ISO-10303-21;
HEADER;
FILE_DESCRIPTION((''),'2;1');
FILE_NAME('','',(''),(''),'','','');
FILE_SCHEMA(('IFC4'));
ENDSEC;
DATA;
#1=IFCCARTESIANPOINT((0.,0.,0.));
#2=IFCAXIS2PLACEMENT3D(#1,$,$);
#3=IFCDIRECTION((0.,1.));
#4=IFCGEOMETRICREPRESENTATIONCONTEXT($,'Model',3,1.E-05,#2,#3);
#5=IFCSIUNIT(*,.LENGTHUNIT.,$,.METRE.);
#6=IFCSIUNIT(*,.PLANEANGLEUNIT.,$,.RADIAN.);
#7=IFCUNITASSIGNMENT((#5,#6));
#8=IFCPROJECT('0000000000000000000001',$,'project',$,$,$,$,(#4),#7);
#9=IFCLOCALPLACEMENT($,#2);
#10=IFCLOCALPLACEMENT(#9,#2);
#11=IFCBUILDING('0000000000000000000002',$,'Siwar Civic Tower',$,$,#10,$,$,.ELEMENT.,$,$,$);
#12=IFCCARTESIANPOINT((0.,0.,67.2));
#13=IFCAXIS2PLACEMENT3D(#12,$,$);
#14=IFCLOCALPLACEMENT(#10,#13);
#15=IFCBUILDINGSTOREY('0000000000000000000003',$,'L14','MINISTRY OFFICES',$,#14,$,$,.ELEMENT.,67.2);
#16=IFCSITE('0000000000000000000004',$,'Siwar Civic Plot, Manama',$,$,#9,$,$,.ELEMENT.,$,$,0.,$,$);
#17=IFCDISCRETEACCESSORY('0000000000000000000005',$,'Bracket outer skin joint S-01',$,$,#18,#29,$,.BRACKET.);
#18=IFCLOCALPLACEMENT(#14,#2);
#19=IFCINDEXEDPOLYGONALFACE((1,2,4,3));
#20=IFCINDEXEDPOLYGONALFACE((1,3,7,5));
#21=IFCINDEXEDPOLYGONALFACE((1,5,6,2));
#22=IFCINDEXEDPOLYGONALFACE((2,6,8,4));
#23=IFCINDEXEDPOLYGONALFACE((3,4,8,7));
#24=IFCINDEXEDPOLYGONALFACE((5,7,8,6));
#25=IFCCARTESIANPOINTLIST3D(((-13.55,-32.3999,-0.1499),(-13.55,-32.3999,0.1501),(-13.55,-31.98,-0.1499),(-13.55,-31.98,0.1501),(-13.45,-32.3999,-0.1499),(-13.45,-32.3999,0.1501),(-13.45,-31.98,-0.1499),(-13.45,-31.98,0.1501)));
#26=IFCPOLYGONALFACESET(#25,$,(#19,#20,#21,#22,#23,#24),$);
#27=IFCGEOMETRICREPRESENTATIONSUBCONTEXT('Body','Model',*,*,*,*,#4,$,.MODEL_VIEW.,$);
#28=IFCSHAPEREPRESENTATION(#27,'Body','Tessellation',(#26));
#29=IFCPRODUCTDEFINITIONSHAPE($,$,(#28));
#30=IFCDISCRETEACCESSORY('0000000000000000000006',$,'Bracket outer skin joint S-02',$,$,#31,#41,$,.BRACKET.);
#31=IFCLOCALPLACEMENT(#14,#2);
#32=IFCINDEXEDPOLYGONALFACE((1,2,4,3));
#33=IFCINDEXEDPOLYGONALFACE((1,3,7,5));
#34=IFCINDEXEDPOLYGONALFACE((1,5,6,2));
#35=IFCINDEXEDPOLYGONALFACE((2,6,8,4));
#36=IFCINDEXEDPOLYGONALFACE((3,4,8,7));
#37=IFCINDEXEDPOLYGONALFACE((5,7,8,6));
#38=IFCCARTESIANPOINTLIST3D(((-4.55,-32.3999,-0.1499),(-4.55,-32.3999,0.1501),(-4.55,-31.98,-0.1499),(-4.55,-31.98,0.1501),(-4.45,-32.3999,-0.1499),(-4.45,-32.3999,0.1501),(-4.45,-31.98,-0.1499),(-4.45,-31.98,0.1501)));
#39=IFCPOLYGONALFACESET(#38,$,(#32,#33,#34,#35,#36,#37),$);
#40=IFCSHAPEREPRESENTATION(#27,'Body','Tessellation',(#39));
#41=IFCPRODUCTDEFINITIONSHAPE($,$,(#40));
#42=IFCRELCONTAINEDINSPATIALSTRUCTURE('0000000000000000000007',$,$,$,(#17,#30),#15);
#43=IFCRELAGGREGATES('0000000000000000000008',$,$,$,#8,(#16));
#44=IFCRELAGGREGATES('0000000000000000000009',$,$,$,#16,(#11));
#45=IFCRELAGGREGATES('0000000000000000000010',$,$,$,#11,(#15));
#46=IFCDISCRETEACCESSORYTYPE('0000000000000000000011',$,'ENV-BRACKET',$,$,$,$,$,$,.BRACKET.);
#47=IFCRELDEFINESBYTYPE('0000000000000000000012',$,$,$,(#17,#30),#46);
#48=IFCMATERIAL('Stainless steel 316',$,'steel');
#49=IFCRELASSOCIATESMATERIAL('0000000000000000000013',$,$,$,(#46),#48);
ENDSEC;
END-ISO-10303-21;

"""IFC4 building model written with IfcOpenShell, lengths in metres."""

from ifc_helpers import new_model, si_unit, direction, frame, origin, origin_2d, place, context, subcontext, project, spatial, rectangle, extrude, material, type_object, element, save


model = new_model("IFC4")

# Units and contexts
model_context = context("Model", 3, precision=1e-05, world=origin(), true_north=direction((0.0, 1.0)))
body_context = subcontext(model_context, "Body", "Model", "MODEL_VIEW")
ifc_project = project(units=[si_unit("LENGTHUNIT", "METRE"), si_unit("PLANEANGLEUNIT", "RADIAN")], contexts=[model_context])

# Site, building, storey
site_placement = place(None, origin())
site = spatial("IfcSite", under=ifc_project, at=site_placement, Name="Siwar Civic Plot, Manama", CompositionType="ELEMENT", RefElevation=0.0)
building_placement = place(site_placement, origin())
building = spatial("IfcBuilding", under=site, at=building_placement, Name="Siwar Civic Tower", CompositionType="ELEMENT")
storey_placement = place(building_placement, frame((0.0, 0.0, 67.2)))
storey = spatial("IfcBuildingStorey", under=building, at=storey_placement, Name="L14", Description="MINISTRY OFFICES", CompositionType="ELEMENT", Elevation=67.2)

# Discrete accessories
ifc_material_1 = material(Name="Stainless steel 316", Category="steel")
discrete_accessory_type = type_object("IfcDiscreteAccessoryType", Name="ENV-BRACKET", PredefinedType="BRACKET", material=ifc_material_1)
for number, where, z_axis, x_axis, name in (
    (1, (-13.5, -32.1899, -0.1499), (0.0, 0.0, 1.0), (0.0, -1.0, 0.0), "Bracket outer skin joint S-01"),
    (2, (-4.5, -32.1899, -0.1499), (0.0, 0.0, 1.0), (0.0, -1.0, 0.0), "Bracket outer skin joint S-02"),
):
    element("IfcDiscreteAccessory", number, at=place(storey_placement, frame(where, z_axis=z_axis, x_axis=x_axis)), inside=storey, type_object=discrete_accessory_type, Name=name, PredefinedType="BRACKET", context=body_context, shape_type="SweptSolid", body=[
        extrude(rectangle(XDim=0.4199, YDim=0.1001, at=origin_2d()), origin(), (0.0, 0.0, 1.0), 0.3),
    ])

save(model, "model.ifc")
